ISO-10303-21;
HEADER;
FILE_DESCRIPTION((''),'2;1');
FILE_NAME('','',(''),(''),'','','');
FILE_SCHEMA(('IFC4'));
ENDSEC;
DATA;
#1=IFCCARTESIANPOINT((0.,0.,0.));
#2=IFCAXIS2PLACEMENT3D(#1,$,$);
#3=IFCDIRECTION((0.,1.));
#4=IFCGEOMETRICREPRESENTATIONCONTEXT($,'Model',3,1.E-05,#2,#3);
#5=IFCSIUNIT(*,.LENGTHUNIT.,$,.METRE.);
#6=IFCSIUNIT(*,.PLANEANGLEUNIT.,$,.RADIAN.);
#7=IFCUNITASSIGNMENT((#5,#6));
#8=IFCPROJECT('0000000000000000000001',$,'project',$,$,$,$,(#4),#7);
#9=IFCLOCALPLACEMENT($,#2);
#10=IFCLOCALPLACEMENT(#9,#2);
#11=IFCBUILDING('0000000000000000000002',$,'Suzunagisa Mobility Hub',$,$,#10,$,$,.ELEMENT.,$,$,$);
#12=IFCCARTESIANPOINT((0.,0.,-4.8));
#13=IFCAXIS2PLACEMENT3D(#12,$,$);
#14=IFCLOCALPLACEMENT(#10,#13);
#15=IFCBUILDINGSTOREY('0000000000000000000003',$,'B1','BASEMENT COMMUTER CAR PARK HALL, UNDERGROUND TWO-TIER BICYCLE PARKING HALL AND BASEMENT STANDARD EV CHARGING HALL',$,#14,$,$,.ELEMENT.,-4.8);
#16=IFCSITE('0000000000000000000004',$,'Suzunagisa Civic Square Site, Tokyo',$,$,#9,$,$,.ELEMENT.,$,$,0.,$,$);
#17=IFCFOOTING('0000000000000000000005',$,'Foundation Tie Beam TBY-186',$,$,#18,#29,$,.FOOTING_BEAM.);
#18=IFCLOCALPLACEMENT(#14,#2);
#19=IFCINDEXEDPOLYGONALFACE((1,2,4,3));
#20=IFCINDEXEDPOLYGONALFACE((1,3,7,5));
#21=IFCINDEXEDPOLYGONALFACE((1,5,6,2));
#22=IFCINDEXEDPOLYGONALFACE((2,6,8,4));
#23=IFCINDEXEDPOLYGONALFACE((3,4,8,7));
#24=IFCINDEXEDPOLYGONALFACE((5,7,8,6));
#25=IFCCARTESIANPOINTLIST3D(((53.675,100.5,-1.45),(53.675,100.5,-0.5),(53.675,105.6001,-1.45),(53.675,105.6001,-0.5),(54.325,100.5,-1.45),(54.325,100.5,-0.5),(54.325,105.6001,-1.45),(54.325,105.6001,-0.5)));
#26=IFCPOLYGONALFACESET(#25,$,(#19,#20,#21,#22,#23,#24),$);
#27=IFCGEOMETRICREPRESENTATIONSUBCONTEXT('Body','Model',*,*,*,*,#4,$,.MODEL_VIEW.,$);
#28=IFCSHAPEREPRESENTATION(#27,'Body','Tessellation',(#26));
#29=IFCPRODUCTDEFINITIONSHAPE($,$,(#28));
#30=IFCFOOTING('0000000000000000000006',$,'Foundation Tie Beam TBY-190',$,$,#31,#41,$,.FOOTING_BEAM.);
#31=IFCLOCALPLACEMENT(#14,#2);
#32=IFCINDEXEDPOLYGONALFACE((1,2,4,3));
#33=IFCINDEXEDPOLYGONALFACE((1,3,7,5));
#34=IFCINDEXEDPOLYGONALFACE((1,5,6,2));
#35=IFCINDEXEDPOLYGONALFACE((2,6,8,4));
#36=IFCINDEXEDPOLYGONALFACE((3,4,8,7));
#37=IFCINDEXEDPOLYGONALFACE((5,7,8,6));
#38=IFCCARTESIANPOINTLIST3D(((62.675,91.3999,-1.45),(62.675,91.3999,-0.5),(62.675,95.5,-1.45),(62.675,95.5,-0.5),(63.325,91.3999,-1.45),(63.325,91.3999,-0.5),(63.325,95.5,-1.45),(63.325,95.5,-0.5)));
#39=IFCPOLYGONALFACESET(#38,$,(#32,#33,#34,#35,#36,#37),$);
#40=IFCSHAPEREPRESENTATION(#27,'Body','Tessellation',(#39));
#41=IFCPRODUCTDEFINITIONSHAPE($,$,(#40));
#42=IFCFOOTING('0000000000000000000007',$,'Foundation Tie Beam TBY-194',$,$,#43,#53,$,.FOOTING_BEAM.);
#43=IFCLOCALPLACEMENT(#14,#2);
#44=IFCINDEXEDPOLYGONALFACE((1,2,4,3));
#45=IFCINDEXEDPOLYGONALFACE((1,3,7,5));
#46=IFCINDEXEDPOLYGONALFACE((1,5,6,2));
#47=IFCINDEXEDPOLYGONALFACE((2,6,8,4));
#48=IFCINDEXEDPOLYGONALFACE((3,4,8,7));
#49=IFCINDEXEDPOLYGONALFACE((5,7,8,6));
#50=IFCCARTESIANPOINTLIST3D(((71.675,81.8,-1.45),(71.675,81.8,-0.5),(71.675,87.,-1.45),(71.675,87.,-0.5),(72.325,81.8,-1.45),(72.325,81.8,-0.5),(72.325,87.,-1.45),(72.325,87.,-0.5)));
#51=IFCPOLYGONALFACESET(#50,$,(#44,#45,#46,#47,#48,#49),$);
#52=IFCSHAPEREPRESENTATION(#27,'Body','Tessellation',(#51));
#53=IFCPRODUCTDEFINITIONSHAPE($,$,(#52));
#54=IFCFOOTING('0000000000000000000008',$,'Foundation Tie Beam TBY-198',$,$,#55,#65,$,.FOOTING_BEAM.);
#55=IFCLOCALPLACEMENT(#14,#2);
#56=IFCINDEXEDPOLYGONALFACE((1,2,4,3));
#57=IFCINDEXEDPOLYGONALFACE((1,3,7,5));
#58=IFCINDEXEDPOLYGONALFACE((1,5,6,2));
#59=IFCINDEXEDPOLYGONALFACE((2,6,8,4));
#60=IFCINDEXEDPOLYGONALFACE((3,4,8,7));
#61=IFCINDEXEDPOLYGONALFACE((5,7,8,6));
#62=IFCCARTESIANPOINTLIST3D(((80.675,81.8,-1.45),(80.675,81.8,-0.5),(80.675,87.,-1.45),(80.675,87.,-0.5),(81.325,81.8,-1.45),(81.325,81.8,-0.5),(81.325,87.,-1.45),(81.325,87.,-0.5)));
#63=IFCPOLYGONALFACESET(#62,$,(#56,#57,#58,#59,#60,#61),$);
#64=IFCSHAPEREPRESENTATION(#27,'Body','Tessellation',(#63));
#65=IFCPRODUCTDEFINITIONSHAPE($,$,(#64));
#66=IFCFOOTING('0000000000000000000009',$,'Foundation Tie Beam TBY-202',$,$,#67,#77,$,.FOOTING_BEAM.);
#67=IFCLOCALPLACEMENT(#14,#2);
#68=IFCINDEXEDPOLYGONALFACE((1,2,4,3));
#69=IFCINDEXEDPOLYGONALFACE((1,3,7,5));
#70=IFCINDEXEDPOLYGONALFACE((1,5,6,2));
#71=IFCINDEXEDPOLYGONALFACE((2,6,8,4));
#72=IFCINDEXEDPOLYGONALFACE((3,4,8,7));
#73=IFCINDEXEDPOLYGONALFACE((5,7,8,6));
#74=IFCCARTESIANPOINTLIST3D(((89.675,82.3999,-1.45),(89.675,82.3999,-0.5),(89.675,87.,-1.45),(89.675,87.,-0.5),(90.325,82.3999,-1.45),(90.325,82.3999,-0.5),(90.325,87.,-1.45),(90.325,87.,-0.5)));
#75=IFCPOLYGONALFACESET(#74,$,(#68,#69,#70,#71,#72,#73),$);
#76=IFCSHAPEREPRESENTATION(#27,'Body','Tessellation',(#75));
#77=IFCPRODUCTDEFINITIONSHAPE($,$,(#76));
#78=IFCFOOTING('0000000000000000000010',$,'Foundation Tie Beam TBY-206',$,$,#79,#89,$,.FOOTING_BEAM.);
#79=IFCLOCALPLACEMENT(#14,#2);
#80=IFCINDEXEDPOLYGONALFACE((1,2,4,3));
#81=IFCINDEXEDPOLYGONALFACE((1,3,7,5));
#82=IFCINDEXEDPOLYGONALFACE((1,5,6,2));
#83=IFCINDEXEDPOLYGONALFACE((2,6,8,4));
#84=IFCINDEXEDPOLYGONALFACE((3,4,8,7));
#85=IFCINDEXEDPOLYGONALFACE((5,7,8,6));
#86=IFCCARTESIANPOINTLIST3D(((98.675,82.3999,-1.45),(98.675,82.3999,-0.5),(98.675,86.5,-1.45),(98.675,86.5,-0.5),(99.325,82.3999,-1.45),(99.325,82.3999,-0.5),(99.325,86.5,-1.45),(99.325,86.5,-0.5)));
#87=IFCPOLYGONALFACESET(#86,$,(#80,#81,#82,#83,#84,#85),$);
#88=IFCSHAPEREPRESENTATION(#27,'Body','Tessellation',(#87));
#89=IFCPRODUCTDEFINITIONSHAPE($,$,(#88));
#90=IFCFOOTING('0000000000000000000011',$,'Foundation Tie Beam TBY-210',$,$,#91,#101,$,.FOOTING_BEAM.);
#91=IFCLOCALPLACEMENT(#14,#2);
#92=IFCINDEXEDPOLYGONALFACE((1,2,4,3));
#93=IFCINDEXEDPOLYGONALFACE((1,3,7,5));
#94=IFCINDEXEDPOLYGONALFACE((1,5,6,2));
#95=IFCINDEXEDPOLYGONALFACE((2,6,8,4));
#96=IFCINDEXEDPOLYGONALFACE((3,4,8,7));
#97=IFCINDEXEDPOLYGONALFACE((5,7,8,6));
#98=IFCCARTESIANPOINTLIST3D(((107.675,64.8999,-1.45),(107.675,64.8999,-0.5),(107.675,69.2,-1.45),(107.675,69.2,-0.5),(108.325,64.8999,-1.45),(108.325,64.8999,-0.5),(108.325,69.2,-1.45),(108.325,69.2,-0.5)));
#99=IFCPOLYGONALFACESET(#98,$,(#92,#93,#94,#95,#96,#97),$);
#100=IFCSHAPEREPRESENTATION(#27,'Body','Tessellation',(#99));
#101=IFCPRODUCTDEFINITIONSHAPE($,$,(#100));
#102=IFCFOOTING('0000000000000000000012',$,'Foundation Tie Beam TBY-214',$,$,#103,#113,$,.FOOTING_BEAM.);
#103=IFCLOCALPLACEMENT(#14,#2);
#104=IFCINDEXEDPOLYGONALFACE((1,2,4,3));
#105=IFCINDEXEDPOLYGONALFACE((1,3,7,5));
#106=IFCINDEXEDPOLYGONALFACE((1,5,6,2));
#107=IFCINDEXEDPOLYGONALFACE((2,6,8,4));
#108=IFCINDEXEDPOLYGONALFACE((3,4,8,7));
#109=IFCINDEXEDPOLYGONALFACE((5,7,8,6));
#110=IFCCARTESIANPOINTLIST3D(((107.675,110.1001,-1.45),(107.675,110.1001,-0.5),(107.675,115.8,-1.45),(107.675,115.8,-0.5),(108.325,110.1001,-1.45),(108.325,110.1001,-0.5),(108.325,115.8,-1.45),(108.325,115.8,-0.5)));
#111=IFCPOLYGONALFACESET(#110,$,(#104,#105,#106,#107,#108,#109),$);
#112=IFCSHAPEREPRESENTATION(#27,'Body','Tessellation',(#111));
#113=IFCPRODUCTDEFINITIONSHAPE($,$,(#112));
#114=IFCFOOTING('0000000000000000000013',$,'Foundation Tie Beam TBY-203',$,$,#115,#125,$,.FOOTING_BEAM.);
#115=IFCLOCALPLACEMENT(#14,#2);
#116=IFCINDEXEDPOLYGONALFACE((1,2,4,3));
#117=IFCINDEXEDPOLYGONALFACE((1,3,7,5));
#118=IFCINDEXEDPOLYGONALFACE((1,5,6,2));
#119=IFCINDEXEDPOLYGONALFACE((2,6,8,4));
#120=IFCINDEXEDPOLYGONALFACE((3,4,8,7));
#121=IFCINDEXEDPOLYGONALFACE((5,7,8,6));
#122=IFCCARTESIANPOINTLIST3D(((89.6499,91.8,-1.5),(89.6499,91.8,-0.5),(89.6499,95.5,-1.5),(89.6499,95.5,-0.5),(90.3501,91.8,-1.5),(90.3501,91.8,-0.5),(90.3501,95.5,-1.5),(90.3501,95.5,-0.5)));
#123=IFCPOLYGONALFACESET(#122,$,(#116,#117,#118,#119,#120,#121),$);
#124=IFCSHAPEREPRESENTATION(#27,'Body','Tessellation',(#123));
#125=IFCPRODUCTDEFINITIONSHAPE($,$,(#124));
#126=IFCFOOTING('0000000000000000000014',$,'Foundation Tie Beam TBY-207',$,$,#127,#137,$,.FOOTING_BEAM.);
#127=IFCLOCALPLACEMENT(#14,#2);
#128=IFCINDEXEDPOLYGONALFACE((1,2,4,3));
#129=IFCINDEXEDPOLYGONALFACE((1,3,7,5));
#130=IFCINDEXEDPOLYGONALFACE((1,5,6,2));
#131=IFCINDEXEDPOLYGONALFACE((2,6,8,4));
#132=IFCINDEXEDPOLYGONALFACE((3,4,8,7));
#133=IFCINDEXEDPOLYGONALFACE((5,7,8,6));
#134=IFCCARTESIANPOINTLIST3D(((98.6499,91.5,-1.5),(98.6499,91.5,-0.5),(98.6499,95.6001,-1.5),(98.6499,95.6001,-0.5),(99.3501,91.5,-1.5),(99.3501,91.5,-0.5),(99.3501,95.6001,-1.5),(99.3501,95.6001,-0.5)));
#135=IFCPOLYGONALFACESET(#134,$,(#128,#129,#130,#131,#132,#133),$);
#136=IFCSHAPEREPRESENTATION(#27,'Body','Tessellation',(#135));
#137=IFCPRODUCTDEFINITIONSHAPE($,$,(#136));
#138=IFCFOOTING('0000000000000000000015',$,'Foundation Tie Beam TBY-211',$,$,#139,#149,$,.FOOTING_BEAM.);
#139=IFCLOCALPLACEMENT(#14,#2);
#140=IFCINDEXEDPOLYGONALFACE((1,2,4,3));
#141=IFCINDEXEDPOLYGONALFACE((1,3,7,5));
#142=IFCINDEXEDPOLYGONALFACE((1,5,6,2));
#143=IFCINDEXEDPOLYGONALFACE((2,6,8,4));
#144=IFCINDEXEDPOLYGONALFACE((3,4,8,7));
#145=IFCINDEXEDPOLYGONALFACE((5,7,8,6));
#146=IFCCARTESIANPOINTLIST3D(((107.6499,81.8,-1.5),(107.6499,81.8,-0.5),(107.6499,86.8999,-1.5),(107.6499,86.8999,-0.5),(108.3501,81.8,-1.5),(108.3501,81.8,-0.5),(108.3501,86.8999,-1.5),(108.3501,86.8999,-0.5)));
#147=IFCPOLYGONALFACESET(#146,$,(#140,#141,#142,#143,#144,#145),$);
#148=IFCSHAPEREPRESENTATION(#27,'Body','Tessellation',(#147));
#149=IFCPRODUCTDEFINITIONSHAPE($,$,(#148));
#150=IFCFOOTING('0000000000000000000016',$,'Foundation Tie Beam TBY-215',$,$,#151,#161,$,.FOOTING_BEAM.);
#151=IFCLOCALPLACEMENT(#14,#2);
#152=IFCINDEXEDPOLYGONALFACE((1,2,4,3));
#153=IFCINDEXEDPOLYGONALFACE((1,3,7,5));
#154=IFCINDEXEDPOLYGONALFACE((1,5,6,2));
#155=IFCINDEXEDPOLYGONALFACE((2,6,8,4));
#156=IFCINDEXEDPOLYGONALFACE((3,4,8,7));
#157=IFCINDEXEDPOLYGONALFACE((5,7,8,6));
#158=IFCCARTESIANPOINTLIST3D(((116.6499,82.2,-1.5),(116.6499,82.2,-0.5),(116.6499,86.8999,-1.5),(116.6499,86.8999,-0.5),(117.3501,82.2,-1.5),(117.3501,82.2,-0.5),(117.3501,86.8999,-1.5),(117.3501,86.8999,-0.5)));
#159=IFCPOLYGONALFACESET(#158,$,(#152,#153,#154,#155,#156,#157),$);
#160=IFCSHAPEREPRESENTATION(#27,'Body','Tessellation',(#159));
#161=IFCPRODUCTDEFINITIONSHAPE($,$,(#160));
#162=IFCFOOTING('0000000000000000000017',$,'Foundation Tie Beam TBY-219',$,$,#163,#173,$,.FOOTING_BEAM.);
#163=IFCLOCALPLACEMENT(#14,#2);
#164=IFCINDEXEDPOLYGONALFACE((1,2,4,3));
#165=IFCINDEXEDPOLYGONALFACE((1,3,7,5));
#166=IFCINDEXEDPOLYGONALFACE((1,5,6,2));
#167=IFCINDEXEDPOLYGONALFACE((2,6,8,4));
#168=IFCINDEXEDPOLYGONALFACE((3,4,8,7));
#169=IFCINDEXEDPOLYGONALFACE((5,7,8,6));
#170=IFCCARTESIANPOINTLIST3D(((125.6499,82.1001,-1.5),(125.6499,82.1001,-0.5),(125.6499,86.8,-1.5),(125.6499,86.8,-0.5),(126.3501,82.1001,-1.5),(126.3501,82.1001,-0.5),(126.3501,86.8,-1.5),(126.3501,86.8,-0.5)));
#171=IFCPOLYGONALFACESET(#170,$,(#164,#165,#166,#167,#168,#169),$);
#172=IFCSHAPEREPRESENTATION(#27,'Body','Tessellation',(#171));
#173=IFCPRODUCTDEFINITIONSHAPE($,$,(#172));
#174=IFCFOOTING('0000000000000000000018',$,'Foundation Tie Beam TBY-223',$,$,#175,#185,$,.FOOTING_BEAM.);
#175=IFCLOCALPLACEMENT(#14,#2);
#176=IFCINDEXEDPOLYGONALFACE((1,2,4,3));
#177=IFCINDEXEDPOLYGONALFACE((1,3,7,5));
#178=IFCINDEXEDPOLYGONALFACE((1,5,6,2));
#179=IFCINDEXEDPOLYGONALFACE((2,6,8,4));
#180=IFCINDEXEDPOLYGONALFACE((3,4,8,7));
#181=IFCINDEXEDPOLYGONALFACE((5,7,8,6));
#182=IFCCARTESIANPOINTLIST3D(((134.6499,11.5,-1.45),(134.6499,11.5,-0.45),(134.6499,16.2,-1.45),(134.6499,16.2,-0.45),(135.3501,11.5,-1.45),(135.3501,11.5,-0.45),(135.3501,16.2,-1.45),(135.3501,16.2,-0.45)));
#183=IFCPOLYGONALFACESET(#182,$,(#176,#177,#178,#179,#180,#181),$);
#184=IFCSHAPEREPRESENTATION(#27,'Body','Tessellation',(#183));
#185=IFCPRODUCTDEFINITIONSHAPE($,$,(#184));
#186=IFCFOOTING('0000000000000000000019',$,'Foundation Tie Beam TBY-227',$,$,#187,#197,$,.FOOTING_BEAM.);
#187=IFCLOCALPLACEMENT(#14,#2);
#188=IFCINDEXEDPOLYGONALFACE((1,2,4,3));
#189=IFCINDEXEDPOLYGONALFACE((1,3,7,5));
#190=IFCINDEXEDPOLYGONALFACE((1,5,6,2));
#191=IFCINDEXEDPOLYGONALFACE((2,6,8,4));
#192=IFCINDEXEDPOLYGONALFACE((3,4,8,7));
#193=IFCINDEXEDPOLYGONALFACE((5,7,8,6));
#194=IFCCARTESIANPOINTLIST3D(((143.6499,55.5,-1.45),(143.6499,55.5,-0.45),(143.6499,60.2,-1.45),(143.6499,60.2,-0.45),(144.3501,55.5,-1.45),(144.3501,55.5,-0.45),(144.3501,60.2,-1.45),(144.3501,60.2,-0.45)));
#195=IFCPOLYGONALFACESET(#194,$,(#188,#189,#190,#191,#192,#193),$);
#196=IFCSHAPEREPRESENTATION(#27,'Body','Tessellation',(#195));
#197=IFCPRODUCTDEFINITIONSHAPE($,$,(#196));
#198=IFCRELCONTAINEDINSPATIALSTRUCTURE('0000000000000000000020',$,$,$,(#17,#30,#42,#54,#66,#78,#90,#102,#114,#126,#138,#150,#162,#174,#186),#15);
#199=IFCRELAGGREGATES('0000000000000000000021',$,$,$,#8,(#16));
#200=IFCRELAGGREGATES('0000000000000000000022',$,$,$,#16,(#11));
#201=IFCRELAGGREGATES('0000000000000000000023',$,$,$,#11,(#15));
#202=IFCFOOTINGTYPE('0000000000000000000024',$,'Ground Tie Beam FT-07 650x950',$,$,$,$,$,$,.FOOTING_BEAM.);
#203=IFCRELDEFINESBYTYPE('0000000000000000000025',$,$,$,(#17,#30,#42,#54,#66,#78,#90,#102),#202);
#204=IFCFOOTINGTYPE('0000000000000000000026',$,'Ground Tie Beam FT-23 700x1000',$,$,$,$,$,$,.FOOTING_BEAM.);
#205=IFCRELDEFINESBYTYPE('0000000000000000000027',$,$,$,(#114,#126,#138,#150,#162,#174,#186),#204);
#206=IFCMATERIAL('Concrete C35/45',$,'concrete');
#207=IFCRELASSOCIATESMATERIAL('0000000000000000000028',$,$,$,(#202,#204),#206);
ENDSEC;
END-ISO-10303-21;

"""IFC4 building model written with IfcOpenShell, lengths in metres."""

from ifc_helpers import new_model, si_unit, direction, frame, origin, place, context, subcontext, project, spatial, polyline, outline, extrude, material, type_object, element, save


model = new_model("IFC4")

# Units and contexts
model_context = context("Model", 3, precision=1e-05, world=origin(), true_north=direction((0.0, 1.0)))
body_context = subcontext(model_context, "Body", "Model", "MODEL_VIEW")
ifc_project = project(units=[si_unit("LENGTHUNIT", "METRE"), si_unit("PLANEANGLEUNIT", "RADIAN")], contexts=[model_context])

# Site, building, storey
site_placement = place(None, origin())
site = spatial("IfcSite", under=ifc_project, at=site_placement, Name="Suzunagisa Civic Square Site, Tokyo", CompositionType="ELEMENT", RefElevation=0.0)
building_placement = place(site_placement, origin())
building = spatial("IfcBuilding", under=site, at=building_placement, Name="Suzunagisa Mobility Hub", CompositionType="ELEMENT")
storey_placement = place(building_placement, frame((0.0, 0.0, -4.8)))
storey = spatial("IfcBuildingStorey", under=building, at=storey_placement, Name="B1", Description="BASEMENT COMMUTER CAR PARK HALL, UNDERGROUND TWO-TIER BICYCLE PARKING HALL AND BASEMENT STANDARD EV CHARGING HALL", CompositionType="ELEMENT", Elevation=-4.8)

# Footings
ifc_material = material(Name="Concrete C35/45", Category="concrete")
footing_type_1 = type_object("IfcFootingType", Name="Ground Tie Beam FT-07 650x950", PredefinedType="FOOTING_BEAM", material=ifc_material)
footing_1_placement = place(storey_placement, frame((0.0, 0.0, -1.45)))
element("IfcFooting", 1, at=footing_1_placement, inside=storey, type_object=footing_type_1, Name="Foundation Tie Beam TBY-186", PredefinedType="FOOTING_BEAM", context=body_context, shape_type="SweptSolid", body=[
    extrude(outline(polyline([(53.675, 100.5), (54.325, 100.5), (54.325, 105.6001), (53.675, 105.6001), (53.675, 100.5)])), origin(), (0.0, 0.0, 1.0), 0.95),
])
footing_2_placement = place(storey_placement, frame((0.0, 0.0, -1.45)))
element("IfcFooting", 2, at=footing_2_placement, inside=storey, type_object=footing_type_1, Name="Foundation Tie Beam TBY-190", PredefinedType="FOOTING_BEAM", context=body_context, shape_type="SweptSolid", body=[
    extrude(outline(polyline([(62.675, 91.3999), (63.325, 91.3999), (63.325, 95.5), (62.675, 95.5), (62.675, 91.3999)])), origin(), (0.0, 0.0, 1.0), 0.95),
])
footing_3_placement = place(storey_placement, frame((0.0, 0.0, -1.45)))
element("IfcFooting", 3, at=footing_3_placement, inside=storey, type_object=footing_type_1, Name="Foundation Tie Beam TBY-194", PredefinedType="FOOTING_BEAM", context=body_context, shape_type="SweptSolid", body=[
    extrude(outline(polyline([(71.675, 81.8), (72.325, 81.8), (72.325, 87.0), (71.675, 87.0), (71.675, 81.8)])), origin(), (0.0, 0.0, 1.0), 0.95),
])
footing_4_placement = place(storey_placement, frame((0.0, 0.0, -1.45)))
element("IfcFooting", 4, at=footing_4_placement, inside=storey, type_object=footing_type_1, Name="Foundation Tie Beam TBY-198", PredefinedType="FOOTING_BEAM", context=body_context, shape_type="SweptSolid", body=[
    extrude(outline(polyline([(80.675, 81.8), (81.325, 81.8), (81.325, 87.0), (80.675, 87.0), (80.675, 81.8)])), origin(), (0.0, 0.0, 1.0), 0.95),
])
footing_5_placement = place(storey_placement, frame((0.0, 0.0, -1.45)))
element("IfcFooting", 5, at=footing_5_placement, inside=storey, type_object=footing_type_1, Name="Foundation Tie Beam TBY-202", PredefinedType="FOOTING_BEAM", context=body_context, shape_type="SweptSolid", body=[
    extrude(outline(polyline([(89.675, 82.3999), (90.325, 82.3999), (90.325, 87.0), (89.675, 87.0), (89.675, 82.3999)])), origin(), (0.0, 0.0, 1.0), 0.95),
])
footing_6_placement = place(storey_placement, frame((0.0, 0.0, -1.45)))
element("IfcFooting", 6, at=footing_6_placement, inside=storey, type_object=footing_type_1, Name="Foundation Tie Beam TBY-206", PredefinedType="FOOTING_BEAM", context=body_context, shape_type="SweptSolid", body=[
    extrude(outline(polyline([(98.675, 82.3999), (99.325, 82.3999), (99.325, 86.5), (98.675, 86.5), (98.675, 82.3999)])), origin(), (0.0, 0.0, 1.0), 0.95),
])
footing_7_placement = place(storey_placement, frame((0.0, 0.0, -1.45)))
element("IfcFooting", 7, at=footing_7_placement, inside=storey, type_object=footing_type_1, Name="Foundation Tie Beam TBY-210", PredefinedType="FOOTING_BEAM", context=body_context, shape_type="SweptSolid", body=[
    extrude(outline(polyline([(107.675, 64.8999), (108.325, 64.8999), (108.325, 69.2), (107.675, 69.2), (107.675, 64.8999)])), origin(), (0.0, 0.0, 1.0), 0.95),
])
footing_8_placement = place(storey_placement, frame((0.0, 0.0, -1.45)))
element("IfcFooting", 8, at=footing_8_placement, inside=storey, type_object=footing_type_1, Name="Foundation Tie Beam TBY-214", PredefinedType="FOOTING_BEAM", context=body_context, shape_type="SweptSolid", body=[
    extrude(outline(polyline([(107.675, 110.1001), (108.325, 110.1001), (108.325, 115.8), (107.675, 115.8), (107.675, 110.1001)])), origin(), (0.0, 0.0, 1.0), 0.95),
])
footing_type_2 = type_object("IfcFootingType", Name="Ground Tie Beam FT-23 700x1000", PredefinedType="FOOTING_BEAM", material=ifc_material)
footing_9_placement = place(storey_placement, frame((0.0, 0.0, -1.5)))
element("IfcFooting", 9, at=footing_9_placement, inside=storey, type_object=footing_type_2, Name="Foundation Tie Beam TBY-203", PredefinedType="FOOTING_BEAM", context=body_context, shape_type="SweptSolid", body=[
    extrude(outline(polyline([(89.6499, 91.8), (90.3501, 91.8), (90.3501, 95.5), (89.6499, 95.5), (89.6499, 91.8)])), origin(), (0.0, 0.0, 1.0), 1.0),
])
footing_10_placement = place(storey_placement, frame((0.0, 0.0, -1.5)))
element("IfcFooting", 10, at=footing_10_placement, inside=storey, type_object=footing_type_2, Name="Foundation Tie Beam TBY-207", PredefinedType="FOOTING_BEAM", context=body_context, shape_type="SweptSolid", body=[
    extrude(outline(polyline([(98.6499, 91.5), (99.3501, 91.5), (99.3501, 95.6001), (98.6499, 95.6001), (98.6499, 91.5)])), origin(), (0.0, 0.0, 1.0), 1.0),
])
footing_11_placement = place(storey_placement, frame((0.0, 0.0, -1.5)))
element("IfcFooting", 11, at=footing_11_placement, inside=storey, type_object=footing_type_2, Name="Foundation Tie Beam TBY-211", PredefinedType="FOOTING_BEAM", context=body_context, shape_type="SweptSolid", body=[
    extrude(outline(polyline([(107.6499, 81.8), (108.3501, 81.8), (108.3501, 86.8999), (107.6499, 86.8999), (107.6499, 81.8)])), origin(), (0.0, 0.0, 1.0), 1.0),
])
footing_12_placement = place(storey_placement, frame((0.0, 0.0, -1.5)))
element("IfcFooting", 12, at=footing_12_placement, inside=storey, type_object=footing_type_2, Name="Foundation Tie Beam TBY-215", PredefinedType="FOOTING_BEAM", context=body_context, shape_type="SweptSolid", body=[
    extrude(outline(polyline([(116.6499, 82.2), (117.3501, 82.2), (117.3501, 86.8999), (116.6499, 86.8999), (116.6499, 82.2)])), origin(), (0.0, 0.0, 1.0), 1.0),
])
footing_13_placement = place(storey_placement, frame((0.0, 0.0, -1.5)))
element("IfcFooting", 13, at=footing_13_placement, inside=storey, type_object=footing_type_2, Name="Foundation Tie Beam TBY-219", PredefinedType="FOOTING_BEAM", context=body_context, shape_type="SweptSolid", body=[
    extrude(outline(polyline([(125.6499, 82.1001), (126.3501, 82.1001), (126.3501, 86.8), (125.6499, 86.8), (125.6499, 82.1001)])), origin(), (0.0, 0.0, 1.0), 1.0),
])
footing_14_placement = place(storey_placement, frame((0.0, 0.0, -1.45)))
element("IfcFooting", 14, at=footing_14_placement, inside=storey, type_object=footing_type_2, Name="Foundation Tie Beam TBY-223", PredefinedType="FOOTING_BEAM", context=body_context, shape_type="SweptSolid", body=[
    extrude(outline(polyline([(134.6499, 11.5), (135.3501, 11.5), (135.3501, 16.2), (134.6499, 16.2), (134.6499, 11.5)])), origin(), (0.0, 0.0, 1.0), 1.0),
])
footing_15_placement = place(storey_placement, frame((0.0, 0.0, -1.45)))
element("IfcFooting", 15, at=footing_15_placement, inside=storey, type_object=footing_type_2, Name="Foundation Tie Beam TBY-227", PredefinedType="FOOTING_BEAM", context=body_context, shape_type="SweptSolid", body=[
    extrude(outline(polyline([(143.6499, 55.5), (144.3501, 55.5), (144.3501, 60.2), (143.6499, 60.2), (143.6499, 55.5)])), origin(), (0.0, 0.0, 1.0), 1.0),
])

save(model, "model.ifc")
